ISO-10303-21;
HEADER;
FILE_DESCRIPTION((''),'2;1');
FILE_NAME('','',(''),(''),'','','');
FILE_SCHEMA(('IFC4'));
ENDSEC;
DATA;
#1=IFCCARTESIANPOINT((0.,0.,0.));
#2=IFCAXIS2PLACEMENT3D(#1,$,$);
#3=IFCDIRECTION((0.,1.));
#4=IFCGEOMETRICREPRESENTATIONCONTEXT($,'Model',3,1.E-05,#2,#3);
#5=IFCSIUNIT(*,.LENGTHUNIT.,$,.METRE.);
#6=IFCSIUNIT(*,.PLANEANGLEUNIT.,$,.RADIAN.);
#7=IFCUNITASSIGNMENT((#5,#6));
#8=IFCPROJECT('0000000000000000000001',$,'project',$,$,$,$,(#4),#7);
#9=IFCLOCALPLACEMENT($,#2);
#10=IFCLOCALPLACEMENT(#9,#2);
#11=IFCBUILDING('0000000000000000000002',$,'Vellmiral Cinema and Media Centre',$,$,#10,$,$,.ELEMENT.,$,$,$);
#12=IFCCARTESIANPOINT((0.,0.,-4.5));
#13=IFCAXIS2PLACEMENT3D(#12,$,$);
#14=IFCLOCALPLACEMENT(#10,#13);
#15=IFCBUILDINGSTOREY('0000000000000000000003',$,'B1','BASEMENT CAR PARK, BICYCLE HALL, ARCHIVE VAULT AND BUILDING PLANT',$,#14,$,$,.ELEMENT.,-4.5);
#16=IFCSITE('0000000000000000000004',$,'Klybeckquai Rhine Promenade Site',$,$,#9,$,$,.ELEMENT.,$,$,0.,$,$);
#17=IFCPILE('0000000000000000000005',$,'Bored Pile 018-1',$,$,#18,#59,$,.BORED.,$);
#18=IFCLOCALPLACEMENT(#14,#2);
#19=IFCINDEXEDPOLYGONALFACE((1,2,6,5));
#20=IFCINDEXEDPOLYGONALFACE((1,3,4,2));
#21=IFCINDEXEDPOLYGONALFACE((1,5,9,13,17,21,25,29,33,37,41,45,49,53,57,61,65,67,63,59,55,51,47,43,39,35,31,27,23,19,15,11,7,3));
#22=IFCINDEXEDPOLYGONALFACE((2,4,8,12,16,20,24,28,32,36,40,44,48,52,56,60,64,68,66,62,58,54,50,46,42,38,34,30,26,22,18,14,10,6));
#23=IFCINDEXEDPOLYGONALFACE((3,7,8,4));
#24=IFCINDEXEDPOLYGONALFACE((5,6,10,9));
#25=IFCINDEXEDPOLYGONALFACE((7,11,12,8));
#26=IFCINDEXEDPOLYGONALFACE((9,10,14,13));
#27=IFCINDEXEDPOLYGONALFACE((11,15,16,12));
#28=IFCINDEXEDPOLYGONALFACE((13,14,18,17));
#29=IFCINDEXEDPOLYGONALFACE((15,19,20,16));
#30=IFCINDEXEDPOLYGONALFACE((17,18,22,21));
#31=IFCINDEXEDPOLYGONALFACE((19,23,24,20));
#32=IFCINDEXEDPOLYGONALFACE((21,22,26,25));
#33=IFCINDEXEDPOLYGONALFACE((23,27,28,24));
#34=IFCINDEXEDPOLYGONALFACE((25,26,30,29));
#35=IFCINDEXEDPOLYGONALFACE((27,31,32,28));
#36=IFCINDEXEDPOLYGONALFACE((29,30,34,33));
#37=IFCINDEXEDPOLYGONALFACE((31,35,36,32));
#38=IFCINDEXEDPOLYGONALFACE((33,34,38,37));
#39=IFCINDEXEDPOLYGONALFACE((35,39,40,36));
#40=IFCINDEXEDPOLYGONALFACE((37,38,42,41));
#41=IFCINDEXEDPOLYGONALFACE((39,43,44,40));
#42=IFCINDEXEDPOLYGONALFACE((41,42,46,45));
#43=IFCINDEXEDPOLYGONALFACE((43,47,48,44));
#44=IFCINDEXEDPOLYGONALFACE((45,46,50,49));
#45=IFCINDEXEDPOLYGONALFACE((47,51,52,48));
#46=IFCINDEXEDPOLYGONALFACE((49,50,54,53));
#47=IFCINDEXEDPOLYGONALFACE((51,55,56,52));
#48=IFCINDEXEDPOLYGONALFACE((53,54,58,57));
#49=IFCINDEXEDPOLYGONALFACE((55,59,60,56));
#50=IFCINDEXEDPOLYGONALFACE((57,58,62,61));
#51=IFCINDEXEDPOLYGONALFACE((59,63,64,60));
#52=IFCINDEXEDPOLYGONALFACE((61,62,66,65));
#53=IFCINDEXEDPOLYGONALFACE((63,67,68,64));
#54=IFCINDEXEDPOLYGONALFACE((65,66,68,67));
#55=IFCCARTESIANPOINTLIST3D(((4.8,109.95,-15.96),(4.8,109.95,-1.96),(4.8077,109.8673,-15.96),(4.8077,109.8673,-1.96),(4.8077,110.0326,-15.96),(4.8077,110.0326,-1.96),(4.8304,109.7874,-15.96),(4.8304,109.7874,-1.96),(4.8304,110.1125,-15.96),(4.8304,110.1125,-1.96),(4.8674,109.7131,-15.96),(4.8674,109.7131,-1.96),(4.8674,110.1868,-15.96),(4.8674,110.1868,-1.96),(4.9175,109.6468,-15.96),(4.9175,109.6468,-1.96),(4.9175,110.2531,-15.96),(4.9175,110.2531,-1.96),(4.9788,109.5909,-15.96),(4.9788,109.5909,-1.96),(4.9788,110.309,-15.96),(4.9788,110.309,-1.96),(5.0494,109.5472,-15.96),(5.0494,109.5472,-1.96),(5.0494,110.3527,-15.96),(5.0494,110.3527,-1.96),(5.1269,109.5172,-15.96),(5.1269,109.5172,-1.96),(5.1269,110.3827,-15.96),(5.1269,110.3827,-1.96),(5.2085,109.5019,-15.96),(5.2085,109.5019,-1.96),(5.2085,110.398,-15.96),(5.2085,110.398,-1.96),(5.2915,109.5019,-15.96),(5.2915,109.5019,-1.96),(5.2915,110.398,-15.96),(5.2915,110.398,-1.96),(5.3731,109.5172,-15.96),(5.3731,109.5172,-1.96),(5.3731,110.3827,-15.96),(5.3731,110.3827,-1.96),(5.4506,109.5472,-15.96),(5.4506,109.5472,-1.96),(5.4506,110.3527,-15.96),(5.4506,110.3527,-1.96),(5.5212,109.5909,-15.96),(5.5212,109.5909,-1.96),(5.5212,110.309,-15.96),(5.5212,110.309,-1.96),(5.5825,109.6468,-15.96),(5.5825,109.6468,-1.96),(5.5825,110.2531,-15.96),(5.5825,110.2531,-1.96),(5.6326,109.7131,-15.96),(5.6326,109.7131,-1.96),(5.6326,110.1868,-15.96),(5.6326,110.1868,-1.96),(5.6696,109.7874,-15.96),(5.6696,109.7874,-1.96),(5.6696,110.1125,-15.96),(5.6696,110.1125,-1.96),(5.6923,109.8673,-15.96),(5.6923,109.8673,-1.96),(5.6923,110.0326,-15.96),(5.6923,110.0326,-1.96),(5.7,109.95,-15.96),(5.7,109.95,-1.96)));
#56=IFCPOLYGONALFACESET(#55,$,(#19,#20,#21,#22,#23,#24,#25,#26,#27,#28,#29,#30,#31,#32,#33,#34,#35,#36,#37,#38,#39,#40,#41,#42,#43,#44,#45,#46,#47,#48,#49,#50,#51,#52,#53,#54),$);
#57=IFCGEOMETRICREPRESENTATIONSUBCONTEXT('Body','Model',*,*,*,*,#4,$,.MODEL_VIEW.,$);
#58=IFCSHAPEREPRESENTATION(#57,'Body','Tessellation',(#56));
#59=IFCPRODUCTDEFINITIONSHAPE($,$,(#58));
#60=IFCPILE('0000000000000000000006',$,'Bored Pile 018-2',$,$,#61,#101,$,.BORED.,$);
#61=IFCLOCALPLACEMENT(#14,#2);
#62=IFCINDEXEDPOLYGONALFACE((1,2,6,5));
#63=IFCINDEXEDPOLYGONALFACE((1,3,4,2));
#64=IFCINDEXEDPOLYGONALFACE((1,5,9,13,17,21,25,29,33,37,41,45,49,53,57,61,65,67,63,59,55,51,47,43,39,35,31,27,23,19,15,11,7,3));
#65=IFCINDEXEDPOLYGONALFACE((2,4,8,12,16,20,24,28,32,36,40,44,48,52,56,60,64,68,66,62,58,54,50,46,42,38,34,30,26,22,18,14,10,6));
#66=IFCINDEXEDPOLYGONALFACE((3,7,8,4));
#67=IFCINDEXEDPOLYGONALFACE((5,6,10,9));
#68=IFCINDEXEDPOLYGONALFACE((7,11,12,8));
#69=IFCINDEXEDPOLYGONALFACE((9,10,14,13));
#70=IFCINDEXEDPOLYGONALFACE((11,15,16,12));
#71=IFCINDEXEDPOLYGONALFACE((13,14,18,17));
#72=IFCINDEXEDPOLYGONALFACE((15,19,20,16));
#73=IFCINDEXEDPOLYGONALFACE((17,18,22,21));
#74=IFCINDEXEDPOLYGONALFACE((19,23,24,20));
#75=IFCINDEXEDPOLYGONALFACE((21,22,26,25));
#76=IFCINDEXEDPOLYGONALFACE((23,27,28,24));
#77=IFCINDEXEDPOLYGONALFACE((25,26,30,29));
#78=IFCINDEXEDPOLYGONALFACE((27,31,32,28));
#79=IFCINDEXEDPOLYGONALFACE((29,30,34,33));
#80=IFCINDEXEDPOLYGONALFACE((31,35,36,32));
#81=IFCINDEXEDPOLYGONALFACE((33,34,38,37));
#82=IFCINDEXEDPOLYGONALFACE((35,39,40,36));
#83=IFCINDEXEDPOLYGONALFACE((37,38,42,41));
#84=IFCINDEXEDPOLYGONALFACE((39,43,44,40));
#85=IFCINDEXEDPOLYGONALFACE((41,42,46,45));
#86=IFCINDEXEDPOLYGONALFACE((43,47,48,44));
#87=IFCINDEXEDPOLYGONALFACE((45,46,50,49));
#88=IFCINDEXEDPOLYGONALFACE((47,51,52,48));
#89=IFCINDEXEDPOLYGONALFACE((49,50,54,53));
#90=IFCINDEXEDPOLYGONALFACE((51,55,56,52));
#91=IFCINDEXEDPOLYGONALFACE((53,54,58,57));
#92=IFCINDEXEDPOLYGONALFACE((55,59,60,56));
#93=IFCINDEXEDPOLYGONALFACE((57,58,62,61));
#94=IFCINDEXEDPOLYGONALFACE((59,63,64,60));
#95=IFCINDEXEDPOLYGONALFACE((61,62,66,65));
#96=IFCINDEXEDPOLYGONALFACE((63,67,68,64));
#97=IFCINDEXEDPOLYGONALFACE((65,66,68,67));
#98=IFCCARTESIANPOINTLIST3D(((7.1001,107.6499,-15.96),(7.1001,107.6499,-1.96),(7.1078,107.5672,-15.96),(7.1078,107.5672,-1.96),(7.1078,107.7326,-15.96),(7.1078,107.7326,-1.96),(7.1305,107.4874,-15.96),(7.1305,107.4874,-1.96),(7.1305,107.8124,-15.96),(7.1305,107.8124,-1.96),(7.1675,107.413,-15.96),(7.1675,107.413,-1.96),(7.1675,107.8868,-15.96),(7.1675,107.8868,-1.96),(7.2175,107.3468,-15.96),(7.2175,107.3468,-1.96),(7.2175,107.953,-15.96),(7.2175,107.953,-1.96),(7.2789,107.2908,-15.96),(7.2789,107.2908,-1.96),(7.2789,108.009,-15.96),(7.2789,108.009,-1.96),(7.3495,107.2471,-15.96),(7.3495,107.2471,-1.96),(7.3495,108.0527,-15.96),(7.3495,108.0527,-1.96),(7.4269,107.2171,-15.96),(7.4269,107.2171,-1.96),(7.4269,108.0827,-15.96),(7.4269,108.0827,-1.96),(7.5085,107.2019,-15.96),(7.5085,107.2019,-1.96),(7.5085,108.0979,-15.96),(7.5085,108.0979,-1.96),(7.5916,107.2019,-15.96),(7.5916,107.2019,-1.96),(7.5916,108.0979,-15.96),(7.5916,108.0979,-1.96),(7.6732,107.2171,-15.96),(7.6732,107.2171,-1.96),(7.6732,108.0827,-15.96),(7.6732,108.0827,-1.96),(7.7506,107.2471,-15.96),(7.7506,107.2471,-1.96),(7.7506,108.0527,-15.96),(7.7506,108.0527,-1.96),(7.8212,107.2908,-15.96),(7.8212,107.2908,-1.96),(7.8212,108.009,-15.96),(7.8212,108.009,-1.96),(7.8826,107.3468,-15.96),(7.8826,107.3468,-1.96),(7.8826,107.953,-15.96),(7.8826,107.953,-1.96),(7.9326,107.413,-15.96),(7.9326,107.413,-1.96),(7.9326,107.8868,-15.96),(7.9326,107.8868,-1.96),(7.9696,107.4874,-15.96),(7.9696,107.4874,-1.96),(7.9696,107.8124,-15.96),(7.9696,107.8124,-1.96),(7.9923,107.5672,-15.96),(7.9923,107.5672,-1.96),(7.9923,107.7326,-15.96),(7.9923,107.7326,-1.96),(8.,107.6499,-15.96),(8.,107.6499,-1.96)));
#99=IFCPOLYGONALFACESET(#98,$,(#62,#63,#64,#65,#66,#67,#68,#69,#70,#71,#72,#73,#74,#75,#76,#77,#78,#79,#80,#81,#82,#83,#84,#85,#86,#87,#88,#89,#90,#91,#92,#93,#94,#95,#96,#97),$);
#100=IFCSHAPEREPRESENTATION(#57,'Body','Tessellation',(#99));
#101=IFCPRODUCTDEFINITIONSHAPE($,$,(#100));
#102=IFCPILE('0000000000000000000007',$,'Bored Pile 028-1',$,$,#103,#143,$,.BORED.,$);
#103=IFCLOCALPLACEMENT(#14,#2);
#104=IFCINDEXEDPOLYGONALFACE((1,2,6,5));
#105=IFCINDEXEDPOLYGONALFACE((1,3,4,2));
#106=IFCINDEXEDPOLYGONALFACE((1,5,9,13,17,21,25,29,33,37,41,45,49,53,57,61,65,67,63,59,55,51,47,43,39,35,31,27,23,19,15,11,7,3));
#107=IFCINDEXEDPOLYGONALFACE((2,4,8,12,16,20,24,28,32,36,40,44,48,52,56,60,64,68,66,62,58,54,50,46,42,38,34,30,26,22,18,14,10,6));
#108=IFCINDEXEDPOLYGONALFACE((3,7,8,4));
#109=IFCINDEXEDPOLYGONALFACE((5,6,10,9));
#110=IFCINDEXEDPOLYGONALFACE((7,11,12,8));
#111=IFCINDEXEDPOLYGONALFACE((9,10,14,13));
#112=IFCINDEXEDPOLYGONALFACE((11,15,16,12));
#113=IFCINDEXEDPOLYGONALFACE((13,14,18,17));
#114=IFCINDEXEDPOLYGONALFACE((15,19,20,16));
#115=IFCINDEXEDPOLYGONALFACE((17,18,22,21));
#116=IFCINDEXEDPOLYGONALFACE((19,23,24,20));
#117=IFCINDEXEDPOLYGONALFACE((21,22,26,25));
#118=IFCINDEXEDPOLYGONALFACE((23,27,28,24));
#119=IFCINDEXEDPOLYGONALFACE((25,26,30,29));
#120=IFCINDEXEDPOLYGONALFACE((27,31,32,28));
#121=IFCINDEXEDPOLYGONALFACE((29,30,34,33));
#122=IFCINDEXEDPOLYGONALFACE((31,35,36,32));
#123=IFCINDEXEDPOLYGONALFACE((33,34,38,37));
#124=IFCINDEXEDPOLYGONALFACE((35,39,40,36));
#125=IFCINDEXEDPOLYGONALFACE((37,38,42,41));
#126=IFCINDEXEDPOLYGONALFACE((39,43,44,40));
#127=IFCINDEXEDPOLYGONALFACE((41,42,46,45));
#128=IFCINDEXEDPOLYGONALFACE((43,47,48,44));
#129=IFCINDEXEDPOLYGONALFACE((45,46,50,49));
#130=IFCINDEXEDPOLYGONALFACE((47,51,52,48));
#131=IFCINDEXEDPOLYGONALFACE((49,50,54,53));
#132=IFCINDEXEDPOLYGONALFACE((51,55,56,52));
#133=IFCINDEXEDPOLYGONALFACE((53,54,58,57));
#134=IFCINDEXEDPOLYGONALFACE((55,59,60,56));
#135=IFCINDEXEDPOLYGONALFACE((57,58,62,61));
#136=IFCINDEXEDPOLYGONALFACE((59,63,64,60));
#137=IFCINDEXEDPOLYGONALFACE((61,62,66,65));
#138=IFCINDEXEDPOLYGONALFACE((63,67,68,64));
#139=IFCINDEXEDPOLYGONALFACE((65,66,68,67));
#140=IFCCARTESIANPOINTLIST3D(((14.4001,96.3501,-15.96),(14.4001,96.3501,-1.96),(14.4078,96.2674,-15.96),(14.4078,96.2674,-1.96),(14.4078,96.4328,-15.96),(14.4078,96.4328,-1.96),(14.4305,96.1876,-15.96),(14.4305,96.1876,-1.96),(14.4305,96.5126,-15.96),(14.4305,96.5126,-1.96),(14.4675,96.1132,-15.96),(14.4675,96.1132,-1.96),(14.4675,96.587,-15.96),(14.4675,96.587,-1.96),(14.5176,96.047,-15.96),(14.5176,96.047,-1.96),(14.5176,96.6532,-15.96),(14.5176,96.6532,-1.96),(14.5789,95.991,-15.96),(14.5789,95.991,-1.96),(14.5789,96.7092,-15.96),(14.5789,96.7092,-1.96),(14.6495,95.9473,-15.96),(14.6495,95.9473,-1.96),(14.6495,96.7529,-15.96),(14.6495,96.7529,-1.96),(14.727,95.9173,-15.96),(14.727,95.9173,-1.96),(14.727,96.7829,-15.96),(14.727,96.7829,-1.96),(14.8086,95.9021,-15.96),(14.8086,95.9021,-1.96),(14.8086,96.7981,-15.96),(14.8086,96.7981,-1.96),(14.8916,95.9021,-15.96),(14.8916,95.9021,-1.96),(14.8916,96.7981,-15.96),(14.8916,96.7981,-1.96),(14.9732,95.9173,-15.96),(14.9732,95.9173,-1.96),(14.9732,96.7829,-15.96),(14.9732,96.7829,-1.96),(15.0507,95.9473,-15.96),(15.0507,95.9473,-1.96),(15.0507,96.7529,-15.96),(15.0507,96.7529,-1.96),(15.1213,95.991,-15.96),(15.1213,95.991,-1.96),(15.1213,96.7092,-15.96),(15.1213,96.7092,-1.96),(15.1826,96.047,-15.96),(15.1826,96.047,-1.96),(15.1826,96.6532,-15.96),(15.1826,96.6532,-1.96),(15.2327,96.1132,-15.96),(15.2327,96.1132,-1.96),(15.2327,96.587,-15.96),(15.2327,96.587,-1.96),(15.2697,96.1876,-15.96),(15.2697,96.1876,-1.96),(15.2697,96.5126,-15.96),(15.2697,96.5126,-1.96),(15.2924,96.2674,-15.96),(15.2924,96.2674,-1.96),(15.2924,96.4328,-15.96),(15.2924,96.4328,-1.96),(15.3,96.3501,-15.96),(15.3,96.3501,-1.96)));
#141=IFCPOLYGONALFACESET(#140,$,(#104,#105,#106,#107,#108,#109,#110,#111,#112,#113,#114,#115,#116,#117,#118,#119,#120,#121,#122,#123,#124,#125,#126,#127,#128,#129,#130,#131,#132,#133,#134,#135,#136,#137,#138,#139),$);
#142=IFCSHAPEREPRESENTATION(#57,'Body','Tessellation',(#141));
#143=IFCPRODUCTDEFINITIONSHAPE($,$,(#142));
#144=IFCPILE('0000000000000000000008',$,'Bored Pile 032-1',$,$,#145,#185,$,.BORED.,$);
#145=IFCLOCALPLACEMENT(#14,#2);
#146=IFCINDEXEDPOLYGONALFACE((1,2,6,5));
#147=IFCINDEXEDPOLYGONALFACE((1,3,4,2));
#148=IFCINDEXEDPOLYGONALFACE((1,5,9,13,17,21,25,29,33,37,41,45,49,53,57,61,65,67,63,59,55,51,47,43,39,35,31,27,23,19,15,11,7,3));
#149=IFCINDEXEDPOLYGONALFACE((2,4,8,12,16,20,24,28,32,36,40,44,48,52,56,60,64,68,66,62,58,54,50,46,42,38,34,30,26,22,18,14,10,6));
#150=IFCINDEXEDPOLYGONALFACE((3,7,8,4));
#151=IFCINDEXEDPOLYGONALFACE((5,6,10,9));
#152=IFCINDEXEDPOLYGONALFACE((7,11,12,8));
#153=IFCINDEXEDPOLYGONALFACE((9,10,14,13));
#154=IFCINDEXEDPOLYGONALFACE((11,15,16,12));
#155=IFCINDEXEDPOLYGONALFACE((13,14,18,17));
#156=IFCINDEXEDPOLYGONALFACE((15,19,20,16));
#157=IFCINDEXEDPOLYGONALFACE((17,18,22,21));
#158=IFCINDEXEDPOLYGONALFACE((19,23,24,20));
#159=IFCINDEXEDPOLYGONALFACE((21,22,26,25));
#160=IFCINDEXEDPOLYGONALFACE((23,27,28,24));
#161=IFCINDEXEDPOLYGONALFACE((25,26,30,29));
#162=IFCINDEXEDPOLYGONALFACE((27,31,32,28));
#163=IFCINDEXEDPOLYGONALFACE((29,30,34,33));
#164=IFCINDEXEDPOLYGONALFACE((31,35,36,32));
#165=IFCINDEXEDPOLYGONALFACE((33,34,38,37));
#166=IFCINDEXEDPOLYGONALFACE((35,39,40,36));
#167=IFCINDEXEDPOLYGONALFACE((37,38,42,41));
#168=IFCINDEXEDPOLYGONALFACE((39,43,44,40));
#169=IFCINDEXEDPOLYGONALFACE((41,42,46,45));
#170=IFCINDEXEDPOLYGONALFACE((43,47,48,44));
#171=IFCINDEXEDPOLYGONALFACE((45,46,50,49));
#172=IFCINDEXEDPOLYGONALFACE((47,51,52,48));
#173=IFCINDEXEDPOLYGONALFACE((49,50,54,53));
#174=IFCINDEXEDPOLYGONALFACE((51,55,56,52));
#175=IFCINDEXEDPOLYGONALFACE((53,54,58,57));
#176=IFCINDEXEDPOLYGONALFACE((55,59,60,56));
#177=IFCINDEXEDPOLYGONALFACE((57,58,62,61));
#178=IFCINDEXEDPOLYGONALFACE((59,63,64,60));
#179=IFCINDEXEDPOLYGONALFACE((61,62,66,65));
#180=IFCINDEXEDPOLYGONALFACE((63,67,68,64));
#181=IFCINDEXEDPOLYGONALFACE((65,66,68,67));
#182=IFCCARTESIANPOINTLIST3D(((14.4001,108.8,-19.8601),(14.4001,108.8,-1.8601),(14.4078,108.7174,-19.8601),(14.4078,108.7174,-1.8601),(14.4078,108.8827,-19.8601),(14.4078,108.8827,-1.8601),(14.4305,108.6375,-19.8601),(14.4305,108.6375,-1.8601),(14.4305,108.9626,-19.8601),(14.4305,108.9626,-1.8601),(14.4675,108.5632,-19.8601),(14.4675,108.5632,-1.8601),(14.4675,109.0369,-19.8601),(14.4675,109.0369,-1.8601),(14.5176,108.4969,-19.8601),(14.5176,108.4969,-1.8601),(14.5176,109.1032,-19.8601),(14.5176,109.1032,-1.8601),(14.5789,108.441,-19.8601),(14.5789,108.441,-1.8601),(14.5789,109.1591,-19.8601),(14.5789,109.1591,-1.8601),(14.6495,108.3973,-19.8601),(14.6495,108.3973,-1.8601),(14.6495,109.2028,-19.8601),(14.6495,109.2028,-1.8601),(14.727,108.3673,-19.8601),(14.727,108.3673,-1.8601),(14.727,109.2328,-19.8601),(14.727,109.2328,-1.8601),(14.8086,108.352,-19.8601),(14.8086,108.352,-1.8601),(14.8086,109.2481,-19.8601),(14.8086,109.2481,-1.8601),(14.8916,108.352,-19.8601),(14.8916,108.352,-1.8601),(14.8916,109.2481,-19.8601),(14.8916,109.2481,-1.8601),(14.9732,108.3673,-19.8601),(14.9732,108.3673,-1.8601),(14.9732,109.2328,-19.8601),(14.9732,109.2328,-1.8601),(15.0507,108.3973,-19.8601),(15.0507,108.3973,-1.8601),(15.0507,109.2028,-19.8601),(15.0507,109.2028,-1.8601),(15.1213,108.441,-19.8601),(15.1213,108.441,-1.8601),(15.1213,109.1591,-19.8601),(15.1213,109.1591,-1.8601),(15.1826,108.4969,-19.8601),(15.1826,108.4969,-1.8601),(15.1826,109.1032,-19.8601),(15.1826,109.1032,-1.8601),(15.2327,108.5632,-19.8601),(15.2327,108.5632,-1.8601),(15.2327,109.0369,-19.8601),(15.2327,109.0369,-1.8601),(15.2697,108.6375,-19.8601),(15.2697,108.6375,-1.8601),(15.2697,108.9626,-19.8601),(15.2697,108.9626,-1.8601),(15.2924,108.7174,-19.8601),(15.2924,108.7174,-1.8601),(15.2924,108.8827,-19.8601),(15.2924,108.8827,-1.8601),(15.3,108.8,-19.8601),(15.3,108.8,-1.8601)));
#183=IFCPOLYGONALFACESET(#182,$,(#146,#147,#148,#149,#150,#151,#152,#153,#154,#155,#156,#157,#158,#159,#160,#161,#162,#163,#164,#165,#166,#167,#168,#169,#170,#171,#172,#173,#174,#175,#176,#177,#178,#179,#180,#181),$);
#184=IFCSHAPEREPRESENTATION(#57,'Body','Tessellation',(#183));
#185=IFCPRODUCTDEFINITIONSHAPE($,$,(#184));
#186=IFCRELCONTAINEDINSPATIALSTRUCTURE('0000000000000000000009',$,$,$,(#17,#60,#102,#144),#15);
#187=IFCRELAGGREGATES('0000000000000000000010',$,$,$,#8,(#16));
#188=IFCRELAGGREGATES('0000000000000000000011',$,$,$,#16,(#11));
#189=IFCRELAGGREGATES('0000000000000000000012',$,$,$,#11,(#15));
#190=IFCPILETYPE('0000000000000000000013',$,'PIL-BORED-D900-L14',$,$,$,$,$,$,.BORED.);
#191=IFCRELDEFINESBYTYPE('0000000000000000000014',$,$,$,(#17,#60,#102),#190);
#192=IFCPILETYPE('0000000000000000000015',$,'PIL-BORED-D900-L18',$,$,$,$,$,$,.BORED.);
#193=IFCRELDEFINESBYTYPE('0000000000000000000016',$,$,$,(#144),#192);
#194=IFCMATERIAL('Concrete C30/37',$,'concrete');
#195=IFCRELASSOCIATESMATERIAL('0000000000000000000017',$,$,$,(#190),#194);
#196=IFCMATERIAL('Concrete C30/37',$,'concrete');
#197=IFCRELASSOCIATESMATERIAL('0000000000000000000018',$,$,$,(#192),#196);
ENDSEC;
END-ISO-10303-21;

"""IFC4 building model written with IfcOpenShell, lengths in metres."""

from ifc_helpers import new_model, si_unit, direction, frame, origin, origin_2d, place, context, subcontext, project, spatial, circle, extrude, material, material_profile, profile_set, type_object, element, save


model = new_model("IFC4")

# Units and contexts
model_context = context("Model", 3, precision=1e-05, world=origin(), true_north=direction((0.0, 1.0)))
body_context = subcontext(model_context, "Body", "Model", "MODEL_VIEW")
ifc_project = project(units=[si_unit("LENGTHUNIT", "METRE"), si_unit("PLANEANGLEUNIT", "RADIAN")], contexts=[model_context])

# Site, building, storey
site_placement = place(None, origin())
site = spatial("IfcSite", under=ifc_project, at=site_placement, Name="Klybeckquai Rhine Promenade Site", CompositionType="ELEMENT", RefElevation=0.0)
building_placement = place(site_placement, origin())
building = spatial("IfcBuilding", under=site, at=building_placement, Name="Vellmiral Cinema and Media Centre", CompositionType="ELEMENT")
storey_placement = place(building_placement, frame((0.0, 0.0, -4.5)))
storey = spatial("IfcBuildingStorey", under=building, at=storey_placement, Name="B1", Description="BASEMENT CAR PARK, BICYCLE HALL, ARCHIVE VAULT AND BUILDING PLANT", CompositionType="ELEMENT", Elevation=-4.5)

# Piles
ifc_material_1 = material(Name="Concrete C30/37", Category="concrete")
ifc_material_profile_1 = material_profile(ifc_material_1, circle(Radius=0.45, at=origin_2d()), Name="PILE D900")
ifc_profile_set_1 = profile_set([ifc_material_profile_1], Name="Concrete C30/37")
pile_type_1 = type_object("IfcPileType", Name="PIL-BORED-D900-L14", PredefinedType="BORED", material=ifc_profile_set_1)
for number, where, z_axis, x_axis, name in (
    (1, (5.25, 109.95, -1.96), (0.0, 0.0, -1.0), (1.0, 0.0, 0.0), "Bored Pile 018-1"),
    (2, (7.55, 107.6499, -1.96), (0.0, 0.0, -1.0), (1.0, 0.0, 0.0), "Bored Pile 018-2"),
    (3, (14.8501, 96.3501, -1.96), (0.0, 0.0, -1.0), (1.0, 0.0, 0.0), "Bored Pile 028-1"),
):
    element("IfcPile", number, at=place(storey_placement, frame(where, z_axis=z_axis, x_axis=x_axis)), inside=storey, type_object=pile_type_1, Name=name, PredefinedType="BORED", context=body_context, shape_type="SweptSolid", body=[
        extrude(circle(Radius=0.45, at=origin_2d()), origin(), (0.0, 0.0, 1.0), 14.0),
    ])
ifc_material_2 = material(Name="Concrete C30/37", Category="concrete")
ifc_material_profile_2 = material_profile(ifc_material_2, circle(Radius=0.45, at=origin_2d()), Name="PILE D900")
ifc_profile_set_2 = profile_set([ifc_material_profile_2], Name="Concrete C30/37")
pile_type_2 = type_object("IfcPileType", Name="PIL-BORED-D900-L18", PredefinedType="BORED", material=ifc_profile_set_2)
for number, where, z_axis, x_axis, name in (
    (4, (14.8501, 108.8, -1.8601), (0.0, 0.0, -1.0), (1.0, 0.0, 0.0), "Bored Pile 032-1"),
):
    element("IfcPile", number, at=place(storey_placement, frame(where, z_axis=z_axis, x_axis=x_axis)), inside=storey, type_object=pile_type_2, Name=name, PredefinedType="BORED", context=body_context, shape_type="SweptSolid", body=[
        extrude(circle(Radius=0.45, at=origin_2d()), origin(), (0.0, 0.0, 1.0), 18.0),
    ])

save(model, "model.ifc")
